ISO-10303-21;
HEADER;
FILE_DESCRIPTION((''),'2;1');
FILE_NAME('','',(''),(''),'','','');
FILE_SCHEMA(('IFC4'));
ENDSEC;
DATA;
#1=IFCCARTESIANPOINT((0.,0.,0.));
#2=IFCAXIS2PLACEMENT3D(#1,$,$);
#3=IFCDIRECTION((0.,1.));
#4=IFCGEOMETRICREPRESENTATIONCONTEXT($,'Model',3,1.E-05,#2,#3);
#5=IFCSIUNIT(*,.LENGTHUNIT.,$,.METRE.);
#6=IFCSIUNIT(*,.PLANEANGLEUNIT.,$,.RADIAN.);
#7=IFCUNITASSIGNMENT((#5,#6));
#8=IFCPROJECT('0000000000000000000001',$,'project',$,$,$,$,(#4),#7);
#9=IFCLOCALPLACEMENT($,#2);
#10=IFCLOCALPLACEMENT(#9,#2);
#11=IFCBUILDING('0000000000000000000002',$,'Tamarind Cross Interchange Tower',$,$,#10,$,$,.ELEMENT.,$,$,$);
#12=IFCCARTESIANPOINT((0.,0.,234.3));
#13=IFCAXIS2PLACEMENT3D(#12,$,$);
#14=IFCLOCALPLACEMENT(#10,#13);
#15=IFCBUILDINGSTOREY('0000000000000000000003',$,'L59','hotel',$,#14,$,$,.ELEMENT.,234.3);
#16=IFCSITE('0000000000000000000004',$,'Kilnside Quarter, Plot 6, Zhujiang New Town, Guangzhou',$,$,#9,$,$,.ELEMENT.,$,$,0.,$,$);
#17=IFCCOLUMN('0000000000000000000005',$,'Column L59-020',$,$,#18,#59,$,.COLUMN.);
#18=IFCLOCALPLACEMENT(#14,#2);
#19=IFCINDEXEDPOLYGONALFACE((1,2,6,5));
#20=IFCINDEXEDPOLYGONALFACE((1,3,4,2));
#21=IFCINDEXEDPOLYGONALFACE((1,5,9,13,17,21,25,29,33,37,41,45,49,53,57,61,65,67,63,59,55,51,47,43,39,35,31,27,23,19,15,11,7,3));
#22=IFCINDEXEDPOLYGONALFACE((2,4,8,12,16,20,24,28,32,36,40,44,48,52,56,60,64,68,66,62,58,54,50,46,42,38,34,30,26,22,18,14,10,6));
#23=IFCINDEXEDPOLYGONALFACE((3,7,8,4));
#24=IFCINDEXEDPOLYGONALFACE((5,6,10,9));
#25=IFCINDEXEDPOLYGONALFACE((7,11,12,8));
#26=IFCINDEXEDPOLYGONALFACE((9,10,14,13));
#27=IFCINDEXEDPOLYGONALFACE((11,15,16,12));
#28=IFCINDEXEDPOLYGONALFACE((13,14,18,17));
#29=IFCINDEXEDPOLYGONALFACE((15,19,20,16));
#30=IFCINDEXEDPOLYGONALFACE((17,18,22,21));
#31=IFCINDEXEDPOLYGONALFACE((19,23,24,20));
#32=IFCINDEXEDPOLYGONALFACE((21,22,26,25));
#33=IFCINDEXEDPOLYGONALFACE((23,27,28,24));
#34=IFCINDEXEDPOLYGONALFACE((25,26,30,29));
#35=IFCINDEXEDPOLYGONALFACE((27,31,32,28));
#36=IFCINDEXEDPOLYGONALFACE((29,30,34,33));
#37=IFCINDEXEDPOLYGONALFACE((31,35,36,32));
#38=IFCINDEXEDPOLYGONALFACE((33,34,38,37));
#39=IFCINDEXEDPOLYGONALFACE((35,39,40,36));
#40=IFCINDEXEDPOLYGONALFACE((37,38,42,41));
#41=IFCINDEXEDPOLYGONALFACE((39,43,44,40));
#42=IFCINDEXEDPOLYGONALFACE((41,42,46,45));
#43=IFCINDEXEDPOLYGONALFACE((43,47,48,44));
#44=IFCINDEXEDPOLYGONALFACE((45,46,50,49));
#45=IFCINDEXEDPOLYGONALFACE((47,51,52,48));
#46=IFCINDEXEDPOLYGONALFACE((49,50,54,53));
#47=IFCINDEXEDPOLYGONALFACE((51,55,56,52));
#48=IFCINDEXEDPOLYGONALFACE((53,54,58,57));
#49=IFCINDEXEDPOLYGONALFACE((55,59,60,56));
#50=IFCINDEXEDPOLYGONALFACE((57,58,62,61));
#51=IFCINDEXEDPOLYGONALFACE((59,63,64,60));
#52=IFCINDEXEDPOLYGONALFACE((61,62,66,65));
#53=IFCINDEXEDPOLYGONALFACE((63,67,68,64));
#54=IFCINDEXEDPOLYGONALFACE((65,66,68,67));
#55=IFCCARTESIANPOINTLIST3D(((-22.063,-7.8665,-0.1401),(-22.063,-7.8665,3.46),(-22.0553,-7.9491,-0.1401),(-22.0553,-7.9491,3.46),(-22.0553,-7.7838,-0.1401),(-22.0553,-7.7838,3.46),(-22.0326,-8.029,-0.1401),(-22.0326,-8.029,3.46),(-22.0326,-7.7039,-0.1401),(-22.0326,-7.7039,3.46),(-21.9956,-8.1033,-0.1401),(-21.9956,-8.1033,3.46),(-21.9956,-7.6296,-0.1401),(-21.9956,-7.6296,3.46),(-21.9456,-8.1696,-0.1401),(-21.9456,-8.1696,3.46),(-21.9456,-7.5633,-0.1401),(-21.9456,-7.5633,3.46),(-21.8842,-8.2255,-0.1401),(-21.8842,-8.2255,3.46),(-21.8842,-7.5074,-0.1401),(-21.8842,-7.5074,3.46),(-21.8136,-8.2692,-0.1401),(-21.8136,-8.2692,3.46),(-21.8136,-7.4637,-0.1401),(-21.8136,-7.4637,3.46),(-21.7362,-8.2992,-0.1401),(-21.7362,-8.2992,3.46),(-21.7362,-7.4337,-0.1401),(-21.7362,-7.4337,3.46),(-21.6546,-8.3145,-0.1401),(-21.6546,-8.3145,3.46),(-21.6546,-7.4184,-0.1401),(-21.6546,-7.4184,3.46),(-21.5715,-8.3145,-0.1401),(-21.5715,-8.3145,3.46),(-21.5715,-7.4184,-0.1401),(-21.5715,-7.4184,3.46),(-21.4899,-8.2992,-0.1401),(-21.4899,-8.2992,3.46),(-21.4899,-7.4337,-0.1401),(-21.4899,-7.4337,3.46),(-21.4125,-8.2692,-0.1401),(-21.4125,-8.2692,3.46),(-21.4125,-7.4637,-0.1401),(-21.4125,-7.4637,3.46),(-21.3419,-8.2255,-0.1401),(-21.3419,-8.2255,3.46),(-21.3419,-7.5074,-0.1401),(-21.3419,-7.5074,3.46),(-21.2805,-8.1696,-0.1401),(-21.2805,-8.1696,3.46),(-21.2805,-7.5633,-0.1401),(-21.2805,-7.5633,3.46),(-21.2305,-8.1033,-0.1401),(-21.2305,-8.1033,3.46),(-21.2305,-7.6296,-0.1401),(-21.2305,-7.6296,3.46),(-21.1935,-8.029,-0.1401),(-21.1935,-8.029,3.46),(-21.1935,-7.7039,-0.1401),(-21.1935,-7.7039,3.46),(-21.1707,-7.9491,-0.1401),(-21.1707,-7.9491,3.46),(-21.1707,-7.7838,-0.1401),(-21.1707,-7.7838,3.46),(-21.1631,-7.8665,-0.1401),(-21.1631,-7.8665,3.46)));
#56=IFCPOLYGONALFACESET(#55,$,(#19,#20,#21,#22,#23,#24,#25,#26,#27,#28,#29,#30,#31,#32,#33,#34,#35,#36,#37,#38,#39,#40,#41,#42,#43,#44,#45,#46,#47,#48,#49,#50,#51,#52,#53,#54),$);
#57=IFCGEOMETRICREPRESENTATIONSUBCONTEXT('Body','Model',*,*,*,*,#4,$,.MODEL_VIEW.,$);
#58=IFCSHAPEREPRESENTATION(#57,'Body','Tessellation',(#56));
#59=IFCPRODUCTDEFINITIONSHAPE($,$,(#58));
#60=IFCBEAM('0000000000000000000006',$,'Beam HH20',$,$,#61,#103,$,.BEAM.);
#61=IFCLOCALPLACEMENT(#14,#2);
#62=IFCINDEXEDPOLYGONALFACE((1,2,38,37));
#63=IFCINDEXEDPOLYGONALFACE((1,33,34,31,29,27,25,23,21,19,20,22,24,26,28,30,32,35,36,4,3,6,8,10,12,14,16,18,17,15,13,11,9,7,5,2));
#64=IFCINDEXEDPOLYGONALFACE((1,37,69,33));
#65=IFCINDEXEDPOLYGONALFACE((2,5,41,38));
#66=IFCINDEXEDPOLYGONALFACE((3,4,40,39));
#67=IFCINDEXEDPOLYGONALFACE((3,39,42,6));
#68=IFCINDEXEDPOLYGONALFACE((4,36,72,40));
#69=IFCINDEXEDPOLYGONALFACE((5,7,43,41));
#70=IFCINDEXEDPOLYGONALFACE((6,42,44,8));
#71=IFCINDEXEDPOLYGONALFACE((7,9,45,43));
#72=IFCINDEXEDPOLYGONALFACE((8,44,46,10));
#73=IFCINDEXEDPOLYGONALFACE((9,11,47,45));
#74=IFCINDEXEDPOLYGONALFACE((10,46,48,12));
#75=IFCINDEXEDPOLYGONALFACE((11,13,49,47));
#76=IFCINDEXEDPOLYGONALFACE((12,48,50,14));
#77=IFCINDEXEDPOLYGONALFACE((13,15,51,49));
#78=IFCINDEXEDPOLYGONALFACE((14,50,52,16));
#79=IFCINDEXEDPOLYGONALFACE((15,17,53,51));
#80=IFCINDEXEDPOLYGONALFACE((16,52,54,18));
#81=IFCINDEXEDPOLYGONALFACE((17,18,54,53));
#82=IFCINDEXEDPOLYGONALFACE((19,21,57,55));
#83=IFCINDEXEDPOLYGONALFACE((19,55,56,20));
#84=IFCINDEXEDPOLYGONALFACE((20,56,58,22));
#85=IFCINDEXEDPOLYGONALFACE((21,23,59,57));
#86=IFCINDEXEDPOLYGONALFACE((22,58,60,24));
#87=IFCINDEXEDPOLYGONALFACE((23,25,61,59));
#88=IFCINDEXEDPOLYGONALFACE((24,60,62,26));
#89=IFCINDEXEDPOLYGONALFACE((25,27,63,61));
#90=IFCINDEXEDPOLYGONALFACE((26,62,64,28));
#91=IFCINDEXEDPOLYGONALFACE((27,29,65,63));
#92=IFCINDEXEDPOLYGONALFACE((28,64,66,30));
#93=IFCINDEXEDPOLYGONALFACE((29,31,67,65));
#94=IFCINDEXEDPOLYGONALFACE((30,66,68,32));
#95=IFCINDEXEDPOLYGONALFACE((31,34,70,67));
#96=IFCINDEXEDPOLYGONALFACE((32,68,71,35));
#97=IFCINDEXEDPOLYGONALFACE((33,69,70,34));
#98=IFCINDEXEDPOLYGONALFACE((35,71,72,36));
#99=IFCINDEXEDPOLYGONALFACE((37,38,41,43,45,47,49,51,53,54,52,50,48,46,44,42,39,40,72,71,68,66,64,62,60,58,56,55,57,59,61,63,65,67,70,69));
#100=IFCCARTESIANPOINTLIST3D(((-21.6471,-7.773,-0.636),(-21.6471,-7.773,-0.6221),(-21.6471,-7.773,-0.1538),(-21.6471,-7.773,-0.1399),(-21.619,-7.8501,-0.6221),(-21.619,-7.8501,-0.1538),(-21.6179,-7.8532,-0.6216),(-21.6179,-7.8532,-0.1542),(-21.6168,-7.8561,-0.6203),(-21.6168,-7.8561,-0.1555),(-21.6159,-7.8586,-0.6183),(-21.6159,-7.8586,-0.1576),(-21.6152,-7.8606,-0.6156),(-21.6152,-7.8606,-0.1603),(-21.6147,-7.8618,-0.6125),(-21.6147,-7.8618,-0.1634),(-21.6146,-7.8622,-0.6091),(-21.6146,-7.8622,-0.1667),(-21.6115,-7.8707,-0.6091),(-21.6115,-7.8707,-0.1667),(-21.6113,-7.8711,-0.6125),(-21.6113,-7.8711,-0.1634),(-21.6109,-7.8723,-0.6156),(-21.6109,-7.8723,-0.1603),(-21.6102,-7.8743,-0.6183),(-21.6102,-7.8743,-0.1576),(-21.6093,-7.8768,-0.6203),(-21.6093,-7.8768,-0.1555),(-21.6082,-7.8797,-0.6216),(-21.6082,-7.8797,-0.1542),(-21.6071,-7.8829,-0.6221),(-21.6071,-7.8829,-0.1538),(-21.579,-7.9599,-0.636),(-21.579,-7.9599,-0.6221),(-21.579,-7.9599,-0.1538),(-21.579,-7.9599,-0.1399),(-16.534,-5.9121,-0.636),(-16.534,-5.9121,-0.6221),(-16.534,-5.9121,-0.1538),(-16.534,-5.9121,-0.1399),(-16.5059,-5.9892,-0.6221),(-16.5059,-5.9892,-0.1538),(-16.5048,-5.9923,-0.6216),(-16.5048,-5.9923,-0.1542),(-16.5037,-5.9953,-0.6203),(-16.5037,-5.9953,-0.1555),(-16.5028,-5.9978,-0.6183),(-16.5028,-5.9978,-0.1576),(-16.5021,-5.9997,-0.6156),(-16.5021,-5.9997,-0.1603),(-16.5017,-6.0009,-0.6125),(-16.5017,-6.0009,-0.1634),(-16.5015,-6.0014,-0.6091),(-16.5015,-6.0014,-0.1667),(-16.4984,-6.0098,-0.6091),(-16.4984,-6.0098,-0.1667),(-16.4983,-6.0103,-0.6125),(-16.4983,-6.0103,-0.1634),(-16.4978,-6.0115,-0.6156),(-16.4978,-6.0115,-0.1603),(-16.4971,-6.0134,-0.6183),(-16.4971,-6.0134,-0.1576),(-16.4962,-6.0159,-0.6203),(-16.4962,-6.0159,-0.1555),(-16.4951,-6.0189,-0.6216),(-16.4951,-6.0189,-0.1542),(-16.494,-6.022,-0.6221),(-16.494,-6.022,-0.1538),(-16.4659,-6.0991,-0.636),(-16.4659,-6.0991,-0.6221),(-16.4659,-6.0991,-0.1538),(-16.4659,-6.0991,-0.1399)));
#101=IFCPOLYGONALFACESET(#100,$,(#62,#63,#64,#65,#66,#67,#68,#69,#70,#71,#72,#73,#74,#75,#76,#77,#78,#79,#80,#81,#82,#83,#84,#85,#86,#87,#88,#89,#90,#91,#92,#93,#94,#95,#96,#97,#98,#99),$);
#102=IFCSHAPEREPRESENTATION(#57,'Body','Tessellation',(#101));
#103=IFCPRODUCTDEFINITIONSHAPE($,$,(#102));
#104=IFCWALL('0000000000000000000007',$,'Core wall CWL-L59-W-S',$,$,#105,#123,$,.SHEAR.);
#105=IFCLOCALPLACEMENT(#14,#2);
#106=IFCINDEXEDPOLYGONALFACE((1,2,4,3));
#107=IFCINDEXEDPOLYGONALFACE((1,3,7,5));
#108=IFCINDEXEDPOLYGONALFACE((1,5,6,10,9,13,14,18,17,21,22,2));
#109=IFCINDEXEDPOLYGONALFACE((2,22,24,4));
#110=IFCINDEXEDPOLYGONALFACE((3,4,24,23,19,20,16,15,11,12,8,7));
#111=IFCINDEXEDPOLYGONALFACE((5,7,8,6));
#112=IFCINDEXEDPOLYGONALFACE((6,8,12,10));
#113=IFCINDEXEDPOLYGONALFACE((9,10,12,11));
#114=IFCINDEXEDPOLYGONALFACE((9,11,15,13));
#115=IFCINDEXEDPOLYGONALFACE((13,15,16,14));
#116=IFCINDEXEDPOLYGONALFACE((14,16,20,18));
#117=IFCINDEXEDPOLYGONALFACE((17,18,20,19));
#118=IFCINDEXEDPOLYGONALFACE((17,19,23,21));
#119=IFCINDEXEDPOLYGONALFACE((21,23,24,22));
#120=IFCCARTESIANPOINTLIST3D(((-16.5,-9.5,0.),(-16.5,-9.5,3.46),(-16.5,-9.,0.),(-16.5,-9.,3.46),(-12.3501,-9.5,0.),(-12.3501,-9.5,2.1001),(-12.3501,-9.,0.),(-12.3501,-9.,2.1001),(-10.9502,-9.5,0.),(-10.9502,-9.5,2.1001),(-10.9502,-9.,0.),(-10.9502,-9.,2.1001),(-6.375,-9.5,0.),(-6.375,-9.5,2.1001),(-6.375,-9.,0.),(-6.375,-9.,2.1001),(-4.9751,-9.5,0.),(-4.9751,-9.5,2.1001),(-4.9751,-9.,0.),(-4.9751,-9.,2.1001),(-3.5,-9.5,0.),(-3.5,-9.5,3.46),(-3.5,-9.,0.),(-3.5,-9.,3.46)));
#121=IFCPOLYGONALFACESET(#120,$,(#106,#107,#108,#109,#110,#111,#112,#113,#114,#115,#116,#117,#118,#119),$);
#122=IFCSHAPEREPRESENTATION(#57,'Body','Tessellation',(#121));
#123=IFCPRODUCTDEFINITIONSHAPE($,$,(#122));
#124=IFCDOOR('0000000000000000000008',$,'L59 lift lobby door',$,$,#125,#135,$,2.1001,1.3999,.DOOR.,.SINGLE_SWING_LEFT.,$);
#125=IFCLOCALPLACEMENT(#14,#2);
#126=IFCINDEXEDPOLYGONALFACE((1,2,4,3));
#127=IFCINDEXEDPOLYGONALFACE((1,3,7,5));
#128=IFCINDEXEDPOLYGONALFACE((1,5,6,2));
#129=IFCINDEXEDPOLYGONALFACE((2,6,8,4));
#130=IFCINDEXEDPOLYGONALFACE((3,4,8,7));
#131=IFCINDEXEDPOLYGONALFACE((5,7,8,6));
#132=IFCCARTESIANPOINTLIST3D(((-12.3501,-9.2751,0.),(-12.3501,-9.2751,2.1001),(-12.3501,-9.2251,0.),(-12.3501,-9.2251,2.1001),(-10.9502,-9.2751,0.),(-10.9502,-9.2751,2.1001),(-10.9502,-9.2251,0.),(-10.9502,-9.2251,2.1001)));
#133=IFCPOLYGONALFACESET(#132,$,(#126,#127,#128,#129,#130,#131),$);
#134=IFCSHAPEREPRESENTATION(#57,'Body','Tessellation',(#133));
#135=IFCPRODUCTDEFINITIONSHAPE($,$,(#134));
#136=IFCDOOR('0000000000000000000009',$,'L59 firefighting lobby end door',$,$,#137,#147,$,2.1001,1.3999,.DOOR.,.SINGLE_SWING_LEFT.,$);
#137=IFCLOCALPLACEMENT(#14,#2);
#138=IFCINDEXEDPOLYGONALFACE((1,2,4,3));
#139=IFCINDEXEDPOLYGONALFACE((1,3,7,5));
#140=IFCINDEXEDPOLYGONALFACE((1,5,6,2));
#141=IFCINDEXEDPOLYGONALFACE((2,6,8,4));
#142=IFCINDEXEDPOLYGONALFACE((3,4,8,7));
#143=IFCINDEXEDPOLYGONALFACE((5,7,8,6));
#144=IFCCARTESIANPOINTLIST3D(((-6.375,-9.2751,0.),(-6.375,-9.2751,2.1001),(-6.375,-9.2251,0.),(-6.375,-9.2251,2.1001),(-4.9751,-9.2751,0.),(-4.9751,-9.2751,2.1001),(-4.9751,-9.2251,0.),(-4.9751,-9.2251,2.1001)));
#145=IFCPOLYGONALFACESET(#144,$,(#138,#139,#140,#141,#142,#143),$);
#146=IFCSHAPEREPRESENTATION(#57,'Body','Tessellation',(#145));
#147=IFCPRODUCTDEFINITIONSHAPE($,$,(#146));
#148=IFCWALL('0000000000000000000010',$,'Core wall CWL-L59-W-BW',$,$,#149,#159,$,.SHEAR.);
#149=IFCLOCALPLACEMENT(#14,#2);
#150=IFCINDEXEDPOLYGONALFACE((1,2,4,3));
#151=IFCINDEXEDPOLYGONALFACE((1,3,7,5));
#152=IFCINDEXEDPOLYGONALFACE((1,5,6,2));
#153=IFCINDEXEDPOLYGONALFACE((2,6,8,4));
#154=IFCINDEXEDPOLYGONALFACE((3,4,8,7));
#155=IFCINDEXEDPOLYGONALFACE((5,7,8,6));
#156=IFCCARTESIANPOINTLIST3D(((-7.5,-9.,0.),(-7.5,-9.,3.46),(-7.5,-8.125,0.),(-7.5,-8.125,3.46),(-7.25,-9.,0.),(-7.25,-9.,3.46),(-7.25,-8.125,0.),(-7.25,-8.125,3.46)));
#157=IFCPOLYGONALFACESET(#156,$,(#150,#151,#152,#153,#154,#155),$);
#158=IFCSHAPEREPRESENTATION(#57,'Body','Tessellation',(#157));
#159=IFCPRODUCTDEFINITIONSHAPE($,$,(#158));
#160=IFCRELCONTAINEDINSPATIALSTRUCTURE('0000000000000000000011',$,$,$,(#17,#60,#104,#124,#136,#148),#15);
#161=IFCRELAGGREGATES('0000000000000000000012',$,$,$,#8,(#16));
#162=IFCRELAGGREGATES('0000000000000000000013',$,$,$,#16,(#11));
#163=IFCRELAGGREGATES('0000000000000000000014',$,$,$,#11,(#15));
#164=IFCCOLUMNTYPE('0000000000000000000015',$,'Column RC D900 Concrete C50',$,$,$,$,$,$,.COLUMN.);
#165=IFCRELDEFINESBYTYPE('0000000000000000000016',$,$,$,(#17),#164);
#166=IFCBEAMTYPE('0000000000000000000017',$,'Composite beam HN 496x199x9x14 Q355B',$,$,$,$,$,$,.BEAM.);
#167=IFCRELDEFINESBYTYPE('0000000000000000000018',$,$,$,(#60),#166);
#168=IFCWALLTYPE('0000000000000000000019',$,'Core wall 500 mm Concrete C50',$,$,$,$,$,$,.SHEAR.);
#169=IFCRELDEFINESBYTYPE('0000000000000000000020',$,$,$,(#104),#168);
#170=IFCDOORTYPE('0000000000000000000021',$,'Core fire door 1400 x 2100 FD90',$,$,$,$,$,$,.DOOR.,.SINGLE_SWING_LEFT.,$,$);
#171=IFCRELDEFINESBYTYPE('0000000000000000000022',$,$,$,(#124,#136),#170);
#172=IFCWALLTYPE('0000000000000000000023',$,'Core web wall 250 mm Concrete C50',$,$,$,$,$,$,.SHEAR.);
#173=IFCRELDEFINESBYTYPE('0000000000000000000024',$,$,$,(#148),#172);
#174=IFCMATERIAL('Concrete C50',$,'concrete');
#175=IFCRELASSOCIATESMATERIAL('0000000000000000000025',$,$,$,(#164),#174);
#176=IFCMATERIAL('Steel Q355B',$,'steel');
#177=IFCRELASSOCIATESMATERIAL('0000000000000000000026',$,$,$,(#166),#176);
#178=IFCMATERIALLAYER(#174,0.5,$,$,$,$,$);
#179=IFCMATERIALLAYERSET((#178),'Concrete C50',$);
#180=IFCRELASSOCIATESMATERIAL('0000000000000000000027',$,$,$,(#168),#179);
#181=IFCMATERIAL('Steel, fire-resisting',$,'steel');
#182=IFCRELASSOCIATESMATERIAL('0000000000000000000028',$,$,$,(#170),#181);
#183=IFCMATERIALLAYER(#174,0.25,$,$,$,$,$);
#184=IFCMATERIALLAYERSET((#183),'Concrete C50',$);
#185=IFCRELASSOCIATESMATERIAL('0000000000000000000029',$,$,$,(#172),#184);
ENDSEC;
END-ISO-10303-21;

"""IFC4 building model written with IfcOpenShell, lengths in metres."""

from ifc_helpers import new_model, si_unit, direction, frame, frame_2d, origin, origin_2d, place, context, subcontext, project, spatial, rectangle, circle, i_section, extrude, material, layer, layer_set, material_profile, profile_set, type_object, element, fill, save


model = new_model("IFC4")

# Units and contexts
model_context = context("Model", 3, precision=1e-05, world=origin(), true_north=direction((0.0, 1.0)))
body_context = subcontext(model_context, "Body", "Model", "MODEL_VIEW")
ifc_project = project(units=[si_unit("LENGTHUNIT", "METRE"), si_unit("PLANEANGLEUNIT", "RADIAN")], contexts=[model_context])

# Site, building, storey
site_placement = place(None, origin())
site = spatial("IfcSite", under=ifc_project, at=site_placement, Name="Kilnside Quarter, Plot 6, Zhujiang New Town, Guangzhou", CompositionType="ELEMENT", RefElevation=0.0)
building_placement = place(site_placement, origin())
building = spatial("IfcBuilding", under=site, at=building_placement, Name="Tamarind Cross Interchange Tower", CompositionType="ELEMENT")
storey_placement = place(building_placement, frame((0.0, 0.0, 234.3)))
storey = spatial("IfcBuildingStorey", under=building, at=storey_placement, Name="L59", Description="hotel", CompositionType="ELEMENT", Elevation=234.3)

# Column
ifc_material_1 = material(Name="Concrete C50", Category="concrete")
ifc_material_profile_1 = material_profile(ifc_material_1, circle(Radius=0.45, at=origin_2d()), Name="RC D900")
ifc_profile_set_1 = profile_set([ifc_material_profile_1], Name="Concrete C50")
column_type = type_object("IfcColumnType", Name="Column RC D900 Concrete C50", PredefinedType="COLUMN", material=ifc_profile_set_1)
column_placement = place(storey_placement, frame((-21.613, -7.8665, -0.1401), z_axis=(0.0, 0.0, 1.0), x_axis=(1.0, 0.0, 0.0)))
element("IfcColumn", 1, at=column_placement, inside=storey, type_object=column_type, Name="Column L59-020", PredefinedType="COLUMN", context=body_context, shape_type="SweptSolid", body=[
    extrude(circle(Radius=0.45, at=origin_2d()), origin(), (0.0, 0.0, 1.0), 3.6001),
])

# Beam
ifc_material_2 = material(Name="Steel Q355B", Category="steel")
ifc_material_profile_2 = material_profile(ifc_material_2, i_section(OverallWidth=0.199, OverallDepth=0.4961, WebThickness=0.009, FlangeThickness=0.0139, FilletRadius=0.0129, at=origin_2d()), Name="HN 496x199x9x14")
ifc_profile_set_2 = profile_set([ifc_material_profile_2], Name="Steel Q355B")
beam_type = type_object("IfcBeamType", Name="Composite beam HN 496x199x9x14 Q355B", PredefinedType="BEAM", material=ifc_profile_set_2)
beam_placement = place(storey_placement, frame((-21.613, -7.8665, -0.3879), z_axis=(0.939702, 0.341995, 0.0), x_axis=(-0.341995, 0.939702, 0.0)))
element("IfcBeam", 2, at=beam_placement, inside=storey, type_object=beam_type, Name="Beam HH20", PredefinedType="BEAM", context=body_context, shape_type="SweptSolid", body=[
    extrude(i_section(OverallWidth=0.199, OverallDepth=0.4961, WebThickness=0.009, FlangeThickness=0.0139, FilletRadius=0.0129, at=origin_2d()), origin(), (0.0, 0.0, 1.0), 5.4412),
])

# Wall, openings, doors
ifc_layer_1 = layer(ifc_material_1, 0.5)
ifc_layer_set_1 = layer_set([ifc_layer_1], Name="Concrete C50")
wall_type_1 = type_object("IfcWallType", Name="Core wall 500 mm Concrete C50", PredefinedType="SHEAR", material=ifc_layer_set_1)
wall_1_placement = place(storey_placement, frame((-16.5, -9.25, 0.0), z_axis=(0.0, 0.0, 1.0), x_axis=(1.0, 0.0, 0.0)))
wall_1 = element("IfcWall", 3, at=wall_1_placement, inside=storey, type_object=wall_type_1, Name="Core wall CWL-L59-W-S", PredefinedType="SHEAR", context=body_context, shape_type="SweptSolid", body=[
    extrude(rectangle(XDim=13.0, YDim=0.5, at=frame_2d((6.5, 0.0))), origin(), (0.0, 0.0, 1.0), 3.46),
])
opening_1_placement = place(wall_1_placement, frame((4.1499, 0.0, 0.0)))
opening_1 = element("IfcOpeningElement", 4, at=opening_1_placement, cuts=wall_1, PredefinedType="OPENING", context=body_context, shape_type="SweptSolid", body=[
    extrude(rectangle(XDim=1.3999, YDim=2.1001, at=frame_2d((0.7, 1.05))), frame((0.0, 0.26, 0.0), z_axis=(0.0, -1.0, 0.0), x_axis=(1.0, 0.0, 0.0)), (0.0, 0.0, 1.0), 0.52),
])
opening_2_placement = place(wall_1_placement, frame((10.125, 0.0, 0.0)))
opening_2 = element("IfcOpeningElement", 5, at=opening_2_placement, cuts=wall_1, PredefinedType="OPENING", context=body_context, shape_type="SweptSolid", body=[
    extrude(rectangle(XDim=1.3999, YDim=2.1001, at=frame_2d((0.7, 1.05))), frame((0.0, 0.26, 0.0), z_axis=(0.0, -1.0, 0.0), x_axis=(1.0, 0.0, 0.0)), (0.0, 0.0, 1.0), 0.52),
])
ifc_material_3 = material(Name="Steel, fire-resisting", Category="steel")
door_type_1 = type_object("IfcDoorType", Name="Core fire door 1400 x 2100 FD90", OperationType="SINGLE_SWING_LEFT", PredefinedType="DOOR", material=ifc_material_3)
door_1_placement = place(opening_1_placement, origin())
door_1 = element("IfcDoor", 6, at=door_1_placement, inside=storey, type_object=door_type_1, Name="L59 lift lobby door", OperationType="SINGLE_SWING_LEFT", OverallHeight=2.1001, OverallWidth=1.3999, PredefinedType="DOOR", context=body_context, shape_type="SweptSolid", body=[
    extrude(rectangle(XDim=1.3999, YDim=2.1001, at=frame_2d((0.7, 1.05))), frame((0.0, 0.0249, 0.0), z_axis=(0.0, -1.0, 0.0), x_axis=(1.0, 0.0, 0.0)), (0.0, 0.0, 1.0), 0.05),
])
fill(opening_1, door_1)
door_2_placement = place(opening_2_placement, origin())
door_2 = element("IfcDoor", 7, at=door_2_placement, inside=storey, type_object=door_type_1, Name="L59 firefighting lobby end door", OperationType="SINGLE_SWING_LEFT", OverallHeight=2.1001, OverallWidth=1.3999, PredefinedType="DOOR", context=body_context, shape_type="SweptSolid", body=[
    extrude(rectangle(XDim=1.3999, YDim=2.1001, at=frame_2d((0.7, 1.05))), frame((0.0, 0.0249, 0.0), z_axis=(0.0, -1.0, 0.0), x_axis=(1.0, 0.0, 0.0)), (0.0, 0.0, 1.0), 0.05),
])
fill(opening_2, door_2)

# Wall
ifc_layer_2 = layer(ifc_material_1, 0.25)
ifc_layer_set_2 = layer_set([ifc_layer_2], Name="Concrete C50")
wall_type_2 = type_object("IfcWallType", Name="Core web wall 250 mm Concrete C50", PredefinedType="SHEAR", material=ifc_layer_set_2)
wall_2_placement = place(storey_placement, frame((-7.375, -9.0, 0.0), z_axis=(0.0, 0.0, 1.0), x_axis=(0.0, 1.0, 0.0)))
element("IfcWall", 8, at=wall_2_placement, inside=storey, type_object=wall_type_2, Name="Core wall CWL-L59-W-BW", PredefinedType="SHEAR", context=body_context, shape_type="SweptSolid", body=[
    extrude(rectangle(XDim=0.875, YDim=0.25, at=frame_2d((0.4375, 0.0))), origin(), (0.0, 0.0, 1.0), 3.46),
])

save(model, "model.ifc")
